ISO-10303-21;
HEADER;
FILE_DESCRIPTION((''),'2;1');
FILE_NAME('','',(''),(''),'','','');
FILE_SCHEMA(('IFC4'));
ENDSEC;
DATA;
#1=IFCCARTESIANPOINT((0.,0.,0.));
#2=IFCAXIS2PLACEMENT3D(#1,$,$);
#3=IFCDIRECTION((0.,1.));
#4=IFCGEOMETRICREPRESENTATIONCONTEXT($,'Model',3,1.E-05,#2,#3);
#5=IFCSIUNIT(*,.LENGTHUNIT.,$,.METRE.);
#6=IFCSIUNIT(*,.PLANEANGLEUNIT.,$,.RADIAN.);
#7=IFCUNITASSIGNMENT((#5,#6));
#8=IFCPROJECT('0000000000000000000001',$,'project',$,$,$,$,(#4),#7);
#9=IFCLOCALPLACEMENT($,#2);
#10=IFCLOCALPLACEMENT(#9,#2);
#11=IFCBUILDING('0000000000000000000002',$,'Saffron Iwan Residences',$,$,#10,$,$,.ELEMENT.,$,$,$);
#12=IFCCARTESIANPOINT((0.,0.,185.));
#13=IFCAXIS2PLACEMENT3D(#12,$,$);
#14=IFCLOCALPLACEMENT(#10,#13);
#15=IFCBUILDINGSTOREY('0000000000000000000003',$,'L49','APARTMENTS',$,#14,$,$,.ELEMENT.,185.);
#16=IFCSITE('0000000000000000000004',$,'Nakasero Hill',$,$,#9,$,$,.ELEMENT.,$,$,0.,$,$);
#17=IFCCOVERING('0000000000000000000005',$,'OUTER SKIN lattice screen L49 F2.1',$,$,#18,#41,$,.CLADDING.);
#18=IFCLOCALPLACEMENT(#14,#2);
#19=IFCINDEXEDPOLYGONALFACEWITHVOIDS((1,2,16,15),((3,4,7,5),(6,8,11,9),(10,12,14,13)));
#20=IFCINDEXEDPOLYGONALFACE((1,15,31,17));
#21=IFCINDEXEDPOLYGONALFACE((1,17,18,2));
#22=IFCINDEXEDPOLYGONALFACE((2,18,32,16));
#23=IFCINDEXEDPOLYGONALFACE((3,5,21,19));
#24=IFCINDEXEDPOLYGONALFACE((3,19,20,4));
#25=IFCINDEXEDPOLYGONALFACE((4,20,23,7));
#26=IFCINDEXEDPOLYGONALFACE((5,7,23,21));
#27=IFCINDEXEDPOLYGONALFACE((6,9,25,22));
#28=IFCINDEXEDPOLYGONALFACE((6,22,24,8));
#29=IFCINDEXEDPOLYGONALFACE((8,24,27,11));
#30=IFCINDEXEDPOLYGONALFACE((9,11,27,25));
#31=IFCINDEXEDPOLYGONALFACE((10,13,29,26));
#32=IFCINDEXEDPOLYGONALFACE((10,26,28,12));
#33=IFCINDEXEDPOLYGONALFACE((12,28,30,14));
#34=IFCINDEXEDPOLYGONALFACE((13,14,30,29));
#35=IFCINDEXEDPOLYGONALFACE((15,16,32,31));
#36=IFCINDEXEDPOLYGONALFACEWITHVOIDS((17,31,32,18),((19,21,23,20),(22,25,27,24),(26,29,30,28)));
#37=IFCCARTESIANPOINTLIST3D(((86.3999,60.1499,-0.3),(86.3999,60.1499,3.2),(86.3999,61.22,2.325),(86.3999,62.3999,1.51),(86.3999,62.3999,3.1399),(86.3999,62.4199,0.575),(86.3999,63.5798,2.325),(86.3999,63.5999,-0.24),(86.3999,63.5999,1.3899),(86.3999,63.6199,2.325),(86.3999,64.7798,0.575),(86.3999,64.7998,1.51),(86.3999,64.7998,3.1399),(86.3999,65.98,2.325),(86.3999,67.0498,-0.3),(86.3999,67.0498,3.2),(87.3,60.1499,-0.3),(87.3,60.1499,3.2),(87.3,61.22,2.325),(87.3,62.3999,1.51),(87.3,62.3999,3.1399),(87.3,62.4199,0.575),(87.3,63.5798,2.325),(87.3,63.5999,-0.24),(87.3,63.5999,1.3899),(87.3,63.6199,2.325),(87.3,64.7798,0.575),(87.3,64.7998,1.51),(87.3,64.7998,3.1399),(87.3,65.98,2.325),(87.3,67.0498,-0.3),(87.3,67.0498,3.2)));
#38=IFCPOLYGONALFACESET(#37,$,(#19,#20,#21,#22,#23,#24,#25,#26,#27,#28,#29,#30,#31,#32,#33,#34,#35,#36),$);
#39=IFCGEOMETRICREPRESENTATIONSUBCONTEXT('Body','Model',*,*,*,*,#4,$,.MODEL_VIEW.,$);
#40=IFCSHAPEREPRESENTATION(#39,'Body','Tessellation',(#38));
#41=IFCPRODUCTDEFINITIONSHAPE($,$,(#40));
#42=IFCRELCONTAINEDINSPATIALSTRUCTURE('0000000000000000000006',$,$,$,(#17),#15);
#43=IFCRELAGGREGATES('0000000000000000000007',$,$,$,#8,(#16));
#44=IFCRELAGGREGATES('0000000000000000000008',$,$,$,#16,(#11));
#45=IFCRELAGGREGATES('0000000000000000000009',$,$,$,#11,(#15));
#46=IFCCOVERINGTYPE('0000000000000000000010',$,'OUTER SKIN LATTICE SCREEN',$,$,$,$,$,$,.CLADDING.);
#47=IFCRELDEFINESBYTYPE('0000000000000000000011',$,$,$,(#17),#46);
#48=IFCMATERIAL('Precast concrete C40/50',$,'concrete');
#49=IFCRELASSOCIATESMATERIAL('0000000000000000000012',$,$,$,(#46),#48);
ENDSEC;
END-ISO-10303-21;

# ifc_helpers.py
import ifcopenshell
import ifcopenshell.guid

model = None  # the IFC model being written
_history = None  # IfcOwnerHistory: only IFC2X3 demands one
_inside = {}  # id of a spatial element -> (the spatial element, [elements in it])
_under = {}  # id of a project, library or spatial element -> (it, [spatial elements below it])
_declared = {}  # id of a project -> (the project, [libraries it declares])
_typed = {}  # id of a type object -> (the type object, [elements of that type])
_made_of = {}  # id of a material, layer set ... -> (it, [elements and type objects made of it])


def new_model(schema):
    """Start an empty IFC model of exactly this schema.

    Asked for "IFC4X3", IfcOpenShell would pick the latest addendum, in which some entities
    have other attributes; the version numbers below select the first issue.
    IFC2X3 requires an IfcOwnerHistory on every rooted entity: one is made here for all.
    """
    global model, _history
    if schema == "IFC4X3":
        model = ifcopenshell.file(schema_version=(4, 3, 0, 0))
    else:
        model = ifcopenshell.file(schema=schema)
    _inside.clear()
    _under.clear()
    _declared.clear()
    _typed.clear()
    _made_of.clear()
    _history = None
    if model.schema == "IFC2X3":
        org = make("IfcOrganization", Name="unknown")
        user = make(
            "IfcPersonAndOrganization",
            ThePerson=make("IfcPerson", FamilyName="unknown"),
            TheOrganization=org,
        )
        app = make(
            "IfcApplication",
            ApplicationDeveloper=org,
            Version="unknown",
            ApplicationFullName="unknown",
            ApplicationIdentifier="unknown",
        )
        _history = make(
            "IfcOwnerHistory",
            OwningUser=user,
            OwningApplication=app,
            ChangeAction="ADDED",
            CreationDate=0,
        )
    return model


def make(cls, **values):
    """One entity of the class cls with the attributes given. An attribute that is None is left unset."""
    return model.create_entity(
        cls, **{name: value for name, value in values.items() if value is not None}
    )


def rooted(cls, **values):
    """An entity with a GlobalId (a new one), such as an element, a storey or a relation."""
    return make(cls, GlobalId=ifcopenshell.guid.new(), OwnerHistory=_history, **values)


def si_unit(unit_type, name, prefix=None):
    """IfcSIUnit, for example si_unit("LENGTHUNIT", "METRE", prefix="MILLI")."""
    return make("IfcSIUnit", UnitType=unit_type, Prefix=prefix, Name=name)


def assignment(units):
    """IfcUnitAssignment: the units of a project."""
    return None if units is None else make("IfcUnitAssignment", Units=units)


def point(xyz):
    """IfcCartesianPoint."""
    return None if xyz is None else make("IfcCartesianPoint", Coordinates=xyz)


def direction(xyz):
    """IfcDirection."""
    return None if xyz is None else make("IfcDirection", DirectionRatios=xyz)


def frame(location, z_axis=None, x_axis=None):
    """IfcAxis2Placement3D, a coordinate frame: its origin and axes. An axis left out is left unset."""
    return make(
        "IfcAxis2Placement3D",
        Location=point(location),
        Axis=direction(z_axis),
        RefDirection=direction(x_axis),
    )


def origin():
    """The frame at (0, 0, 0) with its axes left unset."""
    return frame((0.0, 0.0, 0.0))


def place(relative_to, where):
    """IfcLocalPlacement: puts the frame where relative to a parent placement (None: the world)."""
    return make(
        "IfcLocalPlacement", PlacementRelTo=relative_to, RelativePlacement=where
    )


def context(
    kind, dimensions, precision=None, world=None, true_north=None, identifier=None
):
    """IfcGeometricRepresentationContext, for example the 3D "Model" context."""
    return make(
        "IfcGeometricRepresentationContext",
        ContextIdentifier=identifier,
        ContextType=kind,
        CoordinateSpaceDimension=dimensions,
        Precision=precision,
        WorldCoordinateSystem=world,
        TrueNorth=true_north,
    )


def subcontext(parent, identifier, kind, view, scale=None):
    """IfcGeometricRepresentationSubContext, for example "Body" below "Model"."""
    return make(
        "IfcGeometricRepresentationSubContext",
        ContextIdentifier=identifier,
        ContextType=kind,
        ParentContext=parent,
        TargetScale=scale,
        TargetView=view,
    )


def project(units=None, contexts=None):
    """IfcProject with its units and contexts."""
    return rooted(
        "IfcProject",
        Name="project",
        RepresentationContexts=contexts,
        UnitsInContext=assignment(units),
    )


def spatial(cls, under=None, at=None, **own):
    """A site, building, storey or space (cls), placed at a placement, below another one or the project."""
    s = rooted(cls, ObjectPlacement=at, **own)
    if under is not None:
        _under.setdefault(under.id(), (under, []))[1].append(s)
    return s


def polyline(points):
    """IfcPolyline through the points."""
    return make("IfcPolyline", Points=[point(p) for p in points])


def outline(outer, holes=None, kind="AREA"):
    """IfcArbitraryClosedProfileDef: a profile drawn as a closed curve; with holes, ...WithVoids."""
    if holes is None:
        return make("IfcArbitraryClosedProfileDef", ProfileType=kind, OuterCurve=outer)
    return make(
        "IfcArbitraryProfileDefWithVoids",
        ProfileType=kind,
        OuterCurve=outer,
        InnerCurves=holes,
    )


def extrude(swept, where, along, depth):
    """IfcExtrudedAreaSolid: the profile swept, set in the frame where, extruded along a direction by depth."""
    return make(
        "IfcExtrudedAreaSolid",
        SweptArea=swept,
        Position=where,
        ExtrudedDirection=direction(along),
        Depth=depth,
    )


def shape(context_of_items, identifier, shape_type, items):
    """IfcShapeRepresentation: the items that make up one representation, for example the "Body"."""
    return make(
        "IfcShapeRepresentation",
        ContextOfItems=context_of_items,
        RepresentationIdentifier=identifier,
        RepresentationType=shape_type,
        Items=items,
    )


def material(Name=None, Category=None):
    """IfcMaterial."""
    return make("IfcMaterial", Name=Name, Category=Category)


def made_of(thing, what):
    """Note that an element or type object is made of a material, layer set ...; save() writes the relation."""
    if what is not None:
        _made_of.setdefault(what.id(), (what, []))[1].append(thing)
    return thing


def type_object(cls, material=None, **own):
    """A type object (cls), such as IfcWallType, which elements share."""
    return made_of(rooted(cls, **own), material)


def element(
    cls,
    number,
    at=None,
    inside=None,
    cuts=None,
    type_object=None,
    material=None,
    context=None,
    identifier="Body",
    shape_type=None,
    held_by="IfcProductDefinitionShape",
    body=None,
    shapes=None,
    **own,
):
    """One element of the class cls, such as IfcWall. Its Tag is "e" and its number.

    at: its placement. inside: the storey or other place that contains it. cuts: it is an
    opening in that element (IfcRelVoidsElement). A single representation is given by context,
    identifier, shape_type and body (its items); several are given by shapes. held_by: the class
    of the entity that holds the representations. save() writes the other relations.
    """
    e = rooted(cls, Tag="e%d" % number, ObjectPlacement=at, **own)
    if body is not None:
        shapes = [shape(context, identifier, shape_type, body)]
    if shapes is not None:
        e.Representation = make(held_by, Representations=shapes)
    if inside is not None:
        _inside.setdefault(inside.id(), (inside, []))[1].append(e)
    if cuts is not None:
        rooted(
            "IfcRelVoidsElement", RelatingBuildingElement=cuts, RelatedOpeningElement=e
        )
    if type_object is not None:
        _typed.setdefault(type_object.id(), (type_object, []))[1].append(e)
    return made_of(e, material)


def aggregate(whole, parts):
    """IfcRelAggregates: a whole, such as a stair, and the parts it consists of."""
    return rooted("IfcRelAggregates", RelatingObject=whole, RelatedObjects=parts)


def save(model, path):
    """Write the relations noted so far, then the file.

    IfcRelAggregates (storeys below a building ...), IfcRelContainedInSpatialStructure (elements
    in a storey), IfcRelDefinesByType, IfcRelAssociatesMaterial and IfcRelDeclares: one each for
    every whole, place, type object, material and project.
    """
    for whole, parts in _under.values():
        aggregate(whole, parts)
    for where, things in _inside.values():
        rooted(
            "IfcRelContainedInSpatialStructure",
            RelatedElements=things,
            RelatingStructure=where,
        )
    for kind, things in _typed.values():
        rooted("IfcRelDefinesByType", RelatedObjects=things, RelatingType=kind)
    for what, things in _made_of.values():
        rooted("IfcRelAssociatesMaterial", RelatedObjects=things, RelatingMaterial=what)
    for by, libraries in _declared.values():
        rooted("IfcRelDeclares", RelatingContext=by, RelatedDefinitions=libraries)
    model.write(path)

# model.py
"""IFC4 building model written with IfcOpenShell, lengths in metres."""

from ifc_helpers import new_model, si_unit, direction, frame, origin, place, context, subcontext, project, spatial, polyline, outline, extrude, material, type_object, element, save


model = new_model("IFC4")

# Units and contexts
model_context = context("Model", 3, precision=1e-05, world=origin(), true_north=direction((0.0, 1.0)))
body_context = subcontext(model_context, "Body", "Model", "MODEL_VIEW")
ifc_project = project(units=[si_unit("LENGTHUNIT", "METRE"), si_unit("PLANEANGLEUNIT", "RADIAN")], contexts=[model_context])

# Site, building, storey
site_placement = place(None, origin())
site = spatial("IfcSite", under=ifc_project, at=site_placement, Name="Nakasero Hill", CompositionType="ELEMENT", RefElevation=0.0)
building_placement = place(site_placement, origin())
building = spatial("IfcBuilding", under=site, at=building_placement, Name="Saffron Iwan Residences", CompositionType="ELEMENT")
storey_placement = place(building_placement, frame((0.0, 0.0, 185.0)))
storey = spatial("IfcBuildingStorey", under=building, at=storey_placement, Name="L49", Description="APARTMENTS", CompositionType="ELEMENT", Elevation=185.0)

# Covering
ifc_material_1 = material(Name="Precast concrete C40/50", Category="concrete")
covering_type = type_object("IfcCoveringType", Name="OUTER SKIN LATTICE SCREEN", PredefinedType="CLADDING", material=ifc_material_1)
covering_placement = place(storey_placement, frame((86.3999, 60.1499, -0.3), z_axis=(1.0, 0.0, 0.0), x_axis=(0.0, 1.0, 0.0)))
element("IfcCovering", 1, at=covering_placement, inside=storey, type_object=covering_type, Name="OUTER SKIN lattice screen L49 F2.1", PredefinedType="CLADDING", context=body_context, shape_type="SweptSolid", body=[
    extrude(outline(polyline([(0.0, 0.0), (6.8999, 0.0), (6.8999, 3.5), (0.0, 3.5), (0.0, 0.0)]), holes=[polyline([(2.27, 0.875), (3.45, 0.0601), (4.6299, 0.875), (3.45, 1.6899), (2.27, 0.875)]), polyline([(1.0701, 2.625), (2.25, 1.8101), (3.4299, 2.625), (2.25, 3.4399), (1.0701, 2.625)]), polyline([(3.47, 2.625), (4.6499, 1.8101), (5.8301, 2.625), (4.6499, 3.4399), (3.47, 2.625)])]), origin(), (0.0, 0.0, 1.0), 0.9001),
])

save(model, "model.ifc")
